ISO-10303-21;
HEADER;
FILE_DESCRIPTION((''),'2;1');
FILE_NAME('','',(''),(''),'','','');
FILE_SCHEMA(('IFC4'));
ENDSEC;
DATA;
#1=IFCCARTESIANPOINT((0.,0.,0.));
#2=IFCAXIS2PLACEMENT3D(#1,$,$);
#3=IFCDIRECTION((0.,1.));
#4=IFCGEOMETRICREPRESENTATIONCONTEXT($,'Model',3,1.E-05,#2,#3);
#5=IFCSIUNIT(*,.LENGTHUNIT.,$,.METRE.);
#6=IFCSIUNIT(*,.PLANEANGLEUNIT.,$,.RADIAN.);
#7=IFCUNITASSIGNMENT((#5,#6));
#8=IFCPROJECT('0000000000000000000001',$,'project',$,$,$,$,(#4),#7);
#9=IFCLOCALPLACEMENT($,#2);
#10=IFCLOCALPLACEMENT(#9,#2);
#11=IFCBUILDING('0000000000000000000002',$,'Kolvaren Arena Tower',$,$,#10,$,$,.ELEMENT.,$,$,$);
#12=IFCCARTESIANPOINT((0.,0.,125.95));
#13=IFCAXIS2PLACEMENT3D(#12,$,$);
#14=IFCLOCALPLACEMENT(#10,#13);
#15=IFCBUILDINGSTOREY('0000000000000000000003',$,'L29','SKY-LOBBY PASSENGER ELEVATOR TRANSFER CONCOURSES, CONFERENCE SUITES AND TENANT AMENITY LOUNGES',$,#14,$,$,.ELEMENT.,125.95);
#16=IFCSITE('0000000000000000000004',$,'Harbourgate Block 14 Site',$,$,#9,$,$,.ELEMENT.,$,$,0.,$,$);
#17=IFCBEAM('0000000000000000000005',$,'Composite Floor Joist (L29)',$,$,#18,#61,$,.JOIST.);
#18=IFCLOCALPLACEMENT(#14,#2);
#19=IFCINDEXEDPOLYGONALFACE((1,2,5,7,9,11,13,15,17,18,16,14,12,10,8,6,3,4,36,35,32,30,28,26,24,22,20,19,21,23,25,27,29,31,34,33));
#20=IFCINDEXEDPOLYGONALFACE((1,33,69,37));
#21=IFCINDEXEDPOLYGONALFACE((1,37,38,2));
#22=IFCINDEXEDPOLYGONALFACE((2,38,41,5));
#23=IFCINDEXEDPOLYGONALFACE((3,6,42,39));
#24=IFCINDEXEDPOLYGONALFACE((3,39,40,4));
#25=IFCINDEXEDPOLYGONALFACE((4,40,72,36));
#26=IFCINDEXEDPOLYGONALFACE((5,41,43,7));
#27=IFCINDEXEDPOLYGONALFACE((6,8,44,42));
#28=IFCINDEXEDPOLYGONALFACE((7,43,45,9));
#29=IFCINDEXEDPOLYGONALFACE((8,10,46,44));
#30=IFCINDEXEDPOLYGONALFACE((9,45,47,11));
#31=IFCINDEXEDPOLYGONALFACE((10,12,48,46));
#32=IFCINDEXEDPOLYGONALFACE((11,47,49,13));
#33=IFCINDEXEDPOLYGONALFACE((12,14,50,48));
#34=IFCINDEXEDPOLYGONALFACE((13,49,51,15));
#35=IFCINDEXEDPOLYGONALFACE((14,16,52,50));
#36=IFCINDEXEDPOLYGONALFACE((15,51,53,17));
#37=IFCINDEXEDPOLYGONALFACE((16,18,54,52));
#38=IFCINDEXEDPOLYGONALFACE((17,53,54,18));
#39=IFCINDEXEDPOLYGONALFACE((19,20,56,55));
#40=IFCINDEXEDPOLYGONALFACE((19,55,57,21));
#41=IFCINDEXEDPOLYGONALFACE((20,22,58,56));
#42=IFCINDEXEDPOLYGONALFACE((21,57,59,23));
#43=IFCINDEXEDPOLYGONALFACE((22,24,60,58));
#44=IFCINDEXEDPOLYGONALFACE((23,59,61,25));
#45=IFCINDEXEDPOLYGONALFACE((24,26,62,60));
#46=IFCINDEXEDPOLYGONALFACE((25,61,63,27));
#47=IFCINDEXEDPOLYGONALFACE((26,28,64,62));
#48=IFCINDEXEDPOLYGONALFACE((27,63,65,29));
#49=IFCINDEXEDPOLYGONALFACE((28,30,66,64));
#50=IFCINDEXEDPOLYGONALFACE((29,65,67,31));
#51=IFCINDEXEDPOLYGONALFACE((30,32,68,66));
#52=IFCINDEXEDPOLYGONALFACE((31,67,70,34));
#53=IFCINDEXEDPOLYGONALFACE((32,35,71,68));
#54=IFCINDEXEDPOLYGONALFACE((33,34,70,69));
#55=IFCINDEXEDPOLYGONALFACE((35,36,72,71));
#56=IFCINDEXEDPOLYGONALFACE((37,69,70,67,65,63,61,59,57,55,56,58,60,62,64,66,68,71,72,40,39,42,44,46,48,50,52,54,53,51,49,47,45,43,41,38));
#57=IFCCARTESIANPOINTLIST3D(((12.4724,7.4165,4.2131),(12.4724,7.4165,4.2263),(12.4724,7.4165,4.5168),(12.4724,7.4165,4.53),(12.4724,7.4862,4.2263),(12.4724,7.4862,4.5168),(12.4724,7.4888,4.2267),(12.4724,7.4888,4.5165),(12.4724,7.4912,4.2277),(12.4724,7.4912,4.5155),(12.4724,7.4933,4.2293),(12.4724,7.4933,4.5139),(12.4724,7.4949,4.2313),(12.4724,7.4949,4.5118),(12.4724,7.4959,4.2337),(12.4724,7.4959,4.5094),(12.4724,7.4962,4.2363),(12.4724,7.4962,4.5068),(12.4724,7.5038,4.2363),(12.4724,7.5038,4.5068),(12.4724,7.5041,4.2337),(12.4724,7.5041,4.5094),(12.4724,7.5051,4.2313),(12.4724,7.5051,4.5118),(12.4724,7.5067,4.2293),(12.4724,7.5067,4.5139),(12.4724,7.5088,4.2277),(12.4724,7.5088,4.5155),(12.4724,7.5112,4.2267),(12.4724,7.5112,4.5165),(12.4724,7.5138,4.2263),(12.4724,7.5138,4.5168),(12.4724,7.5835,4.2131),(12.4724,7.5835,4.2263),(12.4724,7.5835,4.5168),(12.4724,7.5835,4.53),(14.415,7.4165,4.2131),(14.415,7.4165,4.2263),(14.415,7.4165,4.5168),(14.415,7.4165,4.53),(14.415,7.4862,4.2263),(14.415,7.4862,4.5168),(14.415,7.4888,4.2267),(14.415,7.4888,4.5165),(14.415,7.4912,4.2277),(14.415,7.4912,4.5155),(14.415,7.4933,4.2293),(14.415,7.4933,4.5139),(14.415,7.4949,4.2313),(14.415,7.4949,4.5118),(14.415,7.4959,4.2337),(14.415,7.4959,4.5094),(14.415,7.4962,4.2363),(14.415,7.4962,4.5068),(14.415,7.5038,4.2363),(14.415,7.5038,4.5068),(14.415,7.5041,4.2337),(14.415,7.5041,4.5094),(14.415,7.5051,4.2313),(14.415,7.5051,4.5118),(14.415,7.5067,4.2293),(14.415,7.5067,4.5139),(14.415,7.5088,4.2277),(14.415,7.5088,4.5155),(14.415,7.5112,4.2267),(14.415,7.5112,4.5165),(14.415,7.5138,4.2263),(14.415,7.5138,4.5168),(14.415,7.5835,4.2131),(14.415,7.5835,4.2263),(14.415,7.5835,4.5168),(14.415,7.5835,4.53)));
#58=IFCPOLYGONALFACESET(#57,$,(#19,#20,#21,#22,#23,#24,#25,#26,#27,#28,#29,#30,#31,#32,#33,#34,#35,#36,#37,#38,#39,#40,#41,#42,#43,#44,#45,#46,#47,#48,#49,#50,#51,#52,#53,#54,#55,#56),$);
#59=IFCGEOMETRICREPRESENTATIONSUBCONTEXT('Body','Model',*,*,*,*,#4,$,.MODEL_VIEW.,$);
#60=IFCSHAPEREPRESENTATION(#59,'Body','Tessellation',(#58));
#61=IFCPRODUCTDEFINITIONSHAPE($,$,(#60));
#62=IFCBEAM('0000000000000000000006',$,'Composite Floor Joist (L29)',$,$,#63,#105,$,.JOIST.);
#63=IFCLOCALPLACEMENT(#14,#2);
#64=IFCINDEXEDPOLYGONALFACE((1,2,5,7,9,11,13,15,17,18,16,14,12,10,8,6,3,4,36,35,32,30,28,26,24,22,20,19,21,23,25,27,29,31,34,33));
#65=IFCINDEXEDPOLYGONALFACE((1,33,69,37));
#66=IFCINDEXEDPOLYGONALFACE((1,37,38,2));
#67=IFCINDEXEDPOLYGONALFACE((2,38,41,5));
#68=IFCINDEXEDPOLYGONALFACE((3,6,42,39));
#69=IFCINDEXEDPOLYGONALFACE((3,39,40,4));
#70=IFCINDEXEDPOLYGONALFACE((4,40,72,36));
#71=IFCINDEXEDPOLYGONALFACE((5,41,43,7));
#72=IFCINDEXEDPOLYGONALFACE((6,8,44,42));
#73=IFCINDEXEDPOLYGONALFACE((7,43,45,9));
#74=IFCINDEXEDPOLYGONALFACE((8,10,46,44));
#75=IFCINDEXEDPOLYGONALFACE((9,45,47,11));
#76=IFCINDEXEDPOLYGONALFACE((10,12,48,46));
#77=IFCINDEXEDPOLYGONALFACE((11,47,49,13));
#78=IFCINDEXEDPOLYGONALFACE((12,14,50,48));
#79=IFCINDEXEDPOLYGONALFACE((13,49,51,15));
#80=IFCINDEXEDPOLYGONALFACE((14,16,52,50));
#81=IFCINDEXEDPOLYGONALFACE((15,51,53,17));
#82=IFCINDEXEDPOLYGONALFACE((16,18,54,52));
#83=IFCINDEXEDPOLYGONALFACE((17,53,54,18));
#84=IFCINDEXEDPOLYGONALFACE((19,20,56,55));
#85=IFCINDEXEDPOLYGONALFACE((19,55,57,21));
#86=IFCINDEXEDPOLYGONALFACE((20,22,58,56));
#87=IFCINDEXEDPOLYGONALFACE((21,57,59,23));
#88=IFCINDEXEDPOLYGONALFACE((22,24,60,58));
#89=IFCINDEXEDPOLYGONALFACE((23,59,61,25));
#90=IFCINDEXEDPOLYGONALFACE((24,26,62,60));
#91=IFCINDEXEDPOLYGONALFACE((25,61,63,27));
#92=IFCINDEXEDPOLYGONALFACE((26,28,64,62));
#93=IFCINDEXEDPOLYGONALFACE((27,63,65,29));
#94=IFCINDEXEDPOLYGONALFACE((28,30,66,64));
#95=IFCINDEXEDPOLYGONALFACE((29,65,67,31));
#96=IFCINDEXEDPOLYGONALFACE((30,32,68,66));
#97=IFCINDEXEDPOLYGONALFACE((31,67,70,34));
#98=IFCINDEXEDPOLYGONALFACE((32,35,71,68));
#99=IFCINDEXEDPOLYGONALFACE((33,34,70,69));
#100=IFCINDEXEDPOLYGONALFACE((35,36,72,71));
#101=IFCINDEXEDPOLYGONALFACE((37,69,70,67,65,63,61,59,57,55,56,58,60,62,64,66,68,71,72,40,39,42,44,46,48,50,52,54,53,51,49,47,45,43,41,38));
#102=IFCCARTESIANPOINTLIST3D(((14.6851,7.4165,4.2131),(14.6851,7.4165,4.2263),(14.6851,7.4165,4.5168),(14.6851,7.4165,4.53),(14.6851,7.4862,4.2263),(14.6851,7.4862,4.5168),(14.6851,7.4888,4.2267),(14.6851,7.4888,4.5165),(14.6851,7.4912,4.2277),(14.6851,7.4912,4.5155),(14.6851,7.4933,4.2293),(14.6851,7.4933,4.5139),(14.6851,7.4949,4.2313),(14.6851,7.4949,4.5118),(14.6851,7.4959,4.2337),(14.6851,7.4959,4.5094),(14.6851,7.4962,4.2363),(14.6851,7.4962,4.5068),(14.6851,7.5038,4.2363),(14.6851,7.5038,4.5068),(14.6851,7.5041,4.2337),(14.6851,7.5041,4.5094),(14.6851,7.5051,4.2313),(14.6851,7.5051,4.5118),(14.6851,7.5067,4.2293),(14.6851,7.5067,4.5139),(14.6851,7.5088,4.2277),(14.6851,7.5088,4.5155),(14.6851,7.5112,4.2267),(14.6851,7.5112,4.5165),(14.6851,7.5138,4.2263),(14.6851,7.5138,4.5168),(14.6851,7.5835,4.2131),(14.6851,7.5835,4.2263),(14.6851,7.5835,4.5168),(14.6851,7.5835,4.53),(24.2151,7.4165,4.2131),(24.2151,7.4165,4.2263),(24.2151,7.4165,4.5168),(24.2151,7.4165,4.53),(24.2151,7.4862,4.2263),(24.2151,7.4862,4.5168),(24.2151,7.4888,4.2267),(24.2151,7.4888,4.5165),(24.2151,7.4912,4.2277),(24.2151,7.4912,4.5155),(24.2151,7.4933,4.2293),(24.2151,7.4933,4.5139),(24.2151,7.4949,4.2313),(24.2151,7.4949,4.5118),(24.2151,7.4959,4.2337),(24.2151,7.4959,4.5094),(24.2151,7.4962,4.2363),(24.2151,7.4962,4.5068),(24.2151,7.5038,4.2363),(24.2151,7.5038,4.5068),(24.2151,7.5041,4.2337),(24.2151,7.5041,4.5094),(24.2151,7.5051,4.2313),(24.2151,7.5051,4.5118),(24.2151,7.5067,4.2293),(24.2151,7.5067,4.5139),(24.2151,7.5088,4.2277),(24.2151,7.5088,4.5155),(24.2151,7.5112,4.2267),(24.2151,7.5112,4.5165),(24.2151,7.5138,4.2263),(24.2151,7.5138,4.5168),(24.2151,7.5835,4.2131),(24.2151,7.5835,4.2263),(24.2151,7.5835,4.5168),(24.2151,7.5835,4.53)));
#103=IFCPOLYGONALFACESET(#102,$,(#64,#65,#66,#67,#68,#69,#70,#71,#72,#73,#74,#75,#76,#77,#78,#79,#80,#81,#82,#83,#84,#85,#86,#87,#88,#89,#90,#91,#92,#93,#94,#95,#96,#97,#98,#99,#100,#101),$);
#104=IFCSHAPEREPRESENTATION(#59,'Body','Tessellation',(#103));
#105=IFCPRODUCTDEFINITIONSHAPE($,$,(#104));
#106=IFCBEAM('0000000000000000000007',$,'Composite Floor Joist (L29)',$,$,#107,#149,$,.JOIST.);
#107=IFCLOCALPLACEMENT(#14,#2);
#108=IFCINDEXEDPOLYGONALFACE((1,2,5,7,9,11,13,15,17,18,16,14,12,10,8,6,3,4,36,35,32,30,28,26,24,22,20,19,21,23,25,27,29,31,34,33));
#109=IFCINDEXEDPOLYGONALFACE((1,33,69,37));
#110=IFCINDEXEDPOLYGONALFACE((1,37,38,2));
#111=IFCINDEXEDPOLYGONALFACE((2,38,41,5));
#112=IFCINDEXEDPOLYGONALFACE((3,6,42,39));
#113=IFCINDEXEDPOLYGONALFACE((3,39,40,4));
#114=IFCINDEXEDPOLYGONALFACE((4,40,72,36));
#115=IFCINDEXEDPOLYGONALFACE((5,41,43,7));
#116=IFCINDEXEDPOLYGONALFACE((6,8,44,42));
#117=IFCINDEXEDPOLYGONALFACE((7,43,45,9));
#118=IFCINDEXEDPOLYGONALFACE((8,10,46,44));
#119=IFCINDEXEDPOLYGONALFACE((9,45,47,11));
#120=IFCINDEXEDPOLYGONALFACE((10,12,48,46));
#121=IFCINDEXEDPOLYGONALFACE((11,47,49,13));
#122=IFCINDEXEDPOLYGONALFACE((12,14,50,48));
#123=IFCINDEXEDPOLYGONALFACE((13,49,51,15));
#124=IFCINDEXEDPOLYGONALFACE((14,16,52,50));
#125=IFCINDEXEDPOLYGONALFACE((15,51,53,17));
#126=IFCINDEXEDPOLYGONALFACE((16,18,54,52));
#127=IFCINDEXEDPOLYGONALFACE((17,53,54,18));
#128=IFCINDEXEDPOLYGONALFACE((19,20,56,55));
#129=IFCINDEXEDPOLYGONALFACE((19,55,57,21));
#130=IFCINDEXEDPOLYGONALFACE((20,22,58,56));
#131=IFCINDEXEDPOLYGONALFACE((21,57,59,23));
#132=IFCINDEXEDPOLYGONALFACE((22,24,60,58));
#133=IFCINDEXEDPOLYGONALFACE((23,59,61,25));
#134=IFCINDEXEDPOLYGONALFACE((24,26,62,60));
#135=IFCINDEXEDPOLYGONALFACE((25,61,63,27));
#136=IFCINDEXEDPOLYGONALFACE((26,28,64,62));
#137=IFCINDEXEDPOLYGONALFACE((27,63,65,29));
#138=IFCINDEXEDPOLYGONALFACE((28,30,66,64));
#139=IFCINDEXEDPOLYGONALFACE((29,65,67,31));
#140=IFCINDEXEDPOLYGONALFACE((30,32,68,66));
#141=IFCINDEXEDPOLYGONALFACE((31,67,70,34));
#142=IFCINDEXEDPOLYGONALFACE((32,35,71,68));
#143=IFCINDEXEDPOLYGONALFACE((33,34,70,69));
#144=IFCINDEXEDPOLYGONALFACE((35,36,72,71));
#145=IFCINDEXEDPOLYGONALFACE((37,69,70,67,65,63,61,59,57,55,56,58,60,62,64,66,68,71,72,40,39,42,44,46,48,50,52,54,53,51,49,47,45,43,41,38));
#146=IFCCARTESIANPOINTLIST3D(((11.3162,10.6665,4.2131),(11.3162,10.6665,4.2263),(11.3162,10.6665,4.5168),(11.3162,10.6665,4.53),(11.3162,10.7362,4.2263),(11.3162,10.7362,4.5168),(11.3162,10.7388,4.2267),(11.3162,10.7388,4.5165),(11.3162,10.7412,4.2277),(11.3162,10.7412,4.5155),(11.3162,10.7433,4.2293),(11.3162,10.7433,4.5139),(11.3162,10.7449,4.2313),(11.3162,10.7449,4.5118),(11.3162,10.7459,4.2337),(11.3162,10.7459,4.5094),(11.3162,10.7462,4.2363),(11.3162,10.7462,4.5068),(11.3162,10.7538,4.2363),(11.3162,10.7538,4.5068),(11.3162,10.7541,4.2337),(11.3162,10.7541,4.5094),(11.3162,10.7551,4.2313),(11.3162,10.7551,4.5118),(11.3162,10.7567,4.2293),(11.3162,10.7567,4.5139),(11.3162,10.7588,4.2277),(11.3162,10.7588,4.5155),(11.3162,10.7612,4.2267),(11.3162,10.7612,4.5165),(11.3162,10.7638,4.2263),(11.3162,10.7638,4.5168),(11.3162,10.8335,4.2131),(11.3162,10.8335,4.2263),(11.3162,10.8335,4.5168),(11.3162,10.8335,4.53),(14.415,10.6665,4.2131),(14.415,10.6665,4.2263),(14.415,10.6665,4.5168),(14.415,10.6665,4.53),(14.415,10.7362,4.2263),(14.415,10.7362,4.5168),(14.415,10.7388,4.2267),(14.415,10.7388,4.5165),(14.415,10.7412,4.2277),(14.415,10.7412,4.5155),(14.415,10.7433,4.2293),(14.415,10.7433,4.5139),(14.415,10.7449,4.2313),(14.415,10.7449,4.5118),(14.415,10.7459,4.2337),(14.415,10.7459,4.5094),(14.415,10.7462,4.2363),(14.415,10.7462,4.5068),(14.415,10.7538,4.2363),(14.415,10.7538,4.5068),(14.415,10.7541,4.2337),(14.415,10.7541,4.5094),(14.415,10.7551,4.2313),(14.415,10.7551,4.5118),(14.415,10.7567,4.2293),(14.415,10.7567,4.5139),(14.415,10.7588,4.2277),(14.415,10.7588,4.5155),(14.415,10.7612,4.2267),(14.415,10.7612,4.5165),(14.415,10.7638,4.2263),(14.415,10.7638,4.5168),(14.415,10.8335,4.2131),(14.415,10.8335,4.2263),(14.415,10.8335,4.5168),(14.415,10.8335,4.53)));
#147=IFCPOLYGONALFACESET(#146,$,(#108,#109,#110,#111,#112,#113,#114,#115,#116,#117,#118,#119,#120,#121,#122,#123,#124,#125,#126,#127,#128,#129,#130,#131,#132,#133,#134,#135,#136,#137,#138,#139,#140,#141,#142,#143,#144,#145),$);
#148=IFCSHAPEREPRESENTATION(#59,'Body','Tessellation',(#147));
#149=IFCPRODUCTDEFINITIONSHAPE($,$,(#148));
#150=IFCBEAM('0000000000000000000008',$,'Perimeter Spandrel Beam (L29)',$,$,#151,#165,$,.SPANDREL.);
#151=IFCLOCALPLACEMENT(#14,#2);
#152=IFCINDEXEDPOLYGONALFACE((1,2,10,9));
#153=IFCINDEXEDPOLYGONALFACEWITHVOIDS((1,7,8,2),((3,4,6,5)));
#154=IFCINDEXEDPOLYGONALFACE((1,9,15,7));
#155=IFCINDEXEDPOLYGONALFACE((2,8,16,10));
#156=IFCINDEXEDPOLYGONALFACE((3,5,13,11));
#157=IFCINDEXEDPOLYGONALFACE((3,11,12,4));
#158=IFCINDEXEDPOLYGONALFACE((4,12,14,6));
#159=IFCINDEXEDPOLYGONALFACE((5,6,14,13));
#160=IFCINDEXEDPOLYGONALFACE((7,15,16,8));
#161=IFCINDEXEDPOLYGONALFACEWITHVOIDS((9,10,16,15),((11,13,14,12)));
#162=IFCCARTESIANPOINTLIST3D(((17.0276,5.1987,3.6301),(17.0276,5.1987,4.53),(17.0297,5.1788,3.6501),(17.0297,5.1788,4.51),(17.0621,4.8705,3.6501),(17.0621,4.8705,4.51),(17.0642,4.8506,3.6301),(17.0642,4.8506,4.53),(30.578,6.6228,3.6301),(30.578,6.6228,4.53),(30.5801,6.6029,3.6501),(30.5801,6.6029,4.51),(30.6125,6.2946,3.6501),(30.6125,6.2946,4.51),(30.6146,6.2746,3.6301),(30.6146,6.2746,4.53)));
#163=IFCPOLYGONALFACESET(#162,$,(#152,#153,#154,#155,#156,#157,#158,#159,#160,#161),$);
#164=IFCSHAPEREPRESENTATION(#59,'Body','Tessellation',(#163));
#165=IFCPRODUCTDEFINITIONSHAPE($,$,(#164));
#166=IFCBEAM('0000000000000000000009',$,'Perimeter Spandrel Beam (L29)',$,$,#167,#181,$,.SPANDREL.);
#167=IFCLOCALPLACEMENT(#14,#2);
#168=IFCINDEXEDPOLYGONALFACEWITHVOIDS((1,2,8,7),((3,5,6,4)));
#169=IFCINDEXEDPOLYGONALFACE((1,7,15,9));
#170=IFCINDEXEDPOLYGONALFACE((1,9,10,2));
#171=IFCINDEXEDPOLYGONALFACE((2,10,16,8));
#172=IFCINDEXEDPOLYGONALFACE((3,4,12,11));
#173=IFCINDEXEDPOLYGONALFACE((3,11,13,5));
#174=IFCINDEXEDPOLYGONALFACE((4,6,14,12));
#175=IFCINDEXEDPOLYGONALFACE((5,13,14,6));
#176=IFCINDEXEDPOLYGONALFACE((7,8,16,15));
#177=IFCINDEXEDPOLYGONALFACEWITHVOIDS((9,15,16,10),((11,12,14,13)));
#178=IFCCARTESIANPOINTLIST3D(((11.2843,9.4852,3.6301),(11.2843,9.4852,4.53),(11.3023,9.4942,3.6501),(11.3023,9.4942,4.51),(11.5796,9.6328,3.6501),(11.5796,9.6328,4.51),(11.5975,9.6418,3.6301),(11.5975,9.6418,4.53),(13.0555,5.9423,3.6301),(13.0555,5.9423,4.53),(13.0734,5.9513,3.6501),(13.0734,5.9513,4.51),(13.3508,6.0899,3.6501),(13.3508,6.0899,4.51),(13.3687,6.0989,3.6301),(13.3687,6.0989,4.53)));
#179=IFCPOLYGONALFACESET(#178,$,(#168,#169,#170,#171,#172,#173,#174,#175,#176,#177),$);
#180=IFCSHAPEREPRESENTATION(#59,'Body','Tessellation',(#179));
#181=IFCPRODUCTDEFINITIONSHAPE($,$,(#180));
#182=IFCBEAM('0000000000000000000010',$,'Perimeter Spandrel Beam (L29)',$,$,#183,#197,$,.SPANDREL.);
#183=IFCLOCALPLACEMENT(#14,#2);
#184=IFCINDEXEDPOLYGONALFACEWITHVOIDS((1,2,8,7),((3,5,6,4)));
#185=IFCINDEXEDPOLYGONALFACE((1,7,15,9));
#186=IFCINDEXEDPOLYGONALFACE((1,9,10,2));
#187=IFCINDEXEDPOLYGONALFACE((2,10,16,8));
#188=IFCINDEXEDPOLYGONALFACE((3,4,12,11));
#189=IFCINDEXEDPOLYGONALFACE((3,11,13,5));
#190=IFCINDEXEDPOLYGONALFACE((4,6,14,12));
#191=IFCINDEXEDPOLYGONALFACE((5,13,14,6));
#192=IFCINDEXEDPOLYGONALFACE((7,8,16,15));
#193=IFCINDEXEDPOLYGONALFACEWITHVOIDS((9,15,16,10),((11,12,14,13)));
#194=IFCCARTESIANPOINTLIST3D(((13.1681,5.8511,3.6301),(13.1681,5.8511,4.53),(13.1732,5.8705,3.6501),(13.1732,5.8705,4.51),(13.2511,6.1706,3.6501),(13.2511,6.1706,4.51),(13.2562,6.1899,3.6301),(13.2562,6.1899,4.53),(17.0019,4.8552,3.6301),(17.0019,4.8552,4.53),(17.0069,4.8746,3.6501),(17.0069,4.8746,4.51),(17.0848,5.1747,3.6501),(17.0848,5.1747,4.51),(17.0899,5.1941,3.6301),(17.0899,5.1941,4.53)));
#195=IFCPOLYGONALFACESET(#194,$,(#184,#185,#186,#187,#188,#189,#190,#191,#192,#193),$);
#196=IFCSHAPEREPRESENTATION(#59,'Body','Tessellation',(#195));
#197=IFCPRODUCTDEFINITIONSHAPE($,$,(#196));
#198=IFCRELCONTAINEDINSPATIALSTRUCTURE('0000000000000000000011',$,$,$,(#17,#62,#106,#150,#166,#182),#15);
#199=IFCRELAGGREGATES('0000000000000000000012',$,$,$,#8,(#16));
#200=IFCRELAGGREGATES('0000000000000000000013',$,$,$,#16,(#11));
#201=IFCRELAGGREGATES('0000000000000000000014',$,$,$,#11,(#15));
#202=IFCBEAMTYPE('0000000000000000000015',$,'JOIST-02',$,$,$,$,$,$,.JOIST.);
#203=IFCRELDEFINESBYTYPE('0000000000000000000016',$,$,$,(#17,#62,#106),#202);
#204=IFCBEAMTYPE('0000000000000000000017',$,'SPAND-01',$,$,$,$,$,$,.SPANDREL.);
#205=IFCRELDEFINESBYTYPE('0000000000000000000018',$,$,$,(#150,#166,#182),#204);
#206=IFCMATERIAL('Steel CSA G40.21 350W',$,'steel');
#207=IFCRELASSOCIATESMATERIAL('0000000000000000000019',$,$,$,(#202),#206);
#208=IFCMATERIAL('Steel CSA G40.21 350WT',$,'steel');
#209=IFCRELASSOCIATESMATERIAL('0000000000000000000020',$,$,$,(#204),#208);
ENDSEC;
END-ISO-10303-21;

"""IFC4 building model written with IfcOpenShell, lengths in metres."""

from ifc_helpers import new_model, si_unit, direction, frame, origin, origin_2d, place, context, subcontext, project, spatial, hollow_rectangle, i_section, extrude, material, material_profile, profile_set, type_object, element, save


model = new_model("IFC4")

# Units and contexts
model_context = context("Model", 3, precision=1e-05, world=origin(), true_north=direction((0.0, 1.0)))
body_context = subcontext(model_context, "Body", "Model", "MODEL_VIEW")
ifc_project = project(units=[si_unit("LENGTHUNIT", "METRE"), si_unit("PLANEANGLEUNIT", "RADIAN")], contexts=[model_context])

# Site, building, storey
site_placement = place(None, origin())
site = spatial("IfcSite", under=ifc_project, at=site_placement, Name="Harbourgate Block 14 Site", CompositionType="ELEMENT", RefElevation=0.0)
building_placement = place(site_placement, origin())
building = spatial("IfcBuilding", under=site, at=building_placement, Name="Kolvaren Arena Tower", CompositionType="ELEMENT")
storey_placement = place(building_placement, frame((0.0, 0.0, 125.95)))
storey = spatial("IfcBuildingStorey", under=building, at=storey_placement, Name="L29", Description="SKY-LOBBY PASSENGER ELEVATOR TRANSFER CONCOURSES, CONFERENCE SUITES AND TENANT AMENITY LOUNGES", CompositionType="ELEMENT", Elevation=125.95)

# Beams
ifc_material_1 = material(Name="Steel CSA G40.21 350W", Category="steel")
ifc_material_profile_1 = material_profile(ifc_material_1, i_section(OverallWidth=0.167, OverallDepth=0.3169, WebThickness=0.0076, FlangeThickness=0.0132, FilletRadius=0.01, at=origin_2d()), Name="W310x52")
ifc_profile_set_1 = profile_set([ifc_material_profile_1], Name="Steel CSA G40.21 350W")
beam_type_1 = type_object("IfcBeamType", Name="JOIST-02", PredefinedType="JOIST", material=ifc_profile_set_1)
beam_1_placement = place(storey_placement, frame((12.4724, 7.5, 4.3716), z_axis=(1.0, 0.0, 0.0), x_axis=(0.0, 1.0, 0.0)))
element("IfcBeam", 1, at=beam_1_placement, inside=storey, type_object=beam_type_1, Name="Composite Floor Joist (L29)", PredefinedType="JOIST", context=body_context, shape_type="SweptSolid", body=[
    extrude(i_section(OverallWidth=0.167, OverallDepth=0.3169, WebThickness=0.0076, FlangeThickness=0.0132, FilletRadius=0.01, at=origin_2d()), origin(), (0.0, 0.0, 1.0), 1.9426),
])
beam_2_placement = place(storey_placement, frame((14.6851, 7.5, 4.3716), z_axis=(1.0, 0.0, 0.0), x_axis=(0.0, 1.0, 0.0)))
element("IfcBeam", 2, at=beam_2_placement, inside=storey, type_object=beam_type_1, Name="Composite Floor Joist (L29)", PredefinedType="JOIST", context=body_context, shape_type="SweptSolid", body=[
    extrude(i_section(OverallWidth=0.167, OverallDepth=0.3169, WebThickness=0.0076, FlangeThickness=0.0132, FilletRadius=0.01, at=origin_2d()), origin(), (0.0, 0.0, 1.0), 9.53),
])
beam_3_placement = place(storey_placement, frame((11.3162, 10.75, 4.3716), z_axis=(1.0, 0.0, 0.0), x_axis=(0.0, 1.0, 0.0)))
element("IfcBeam", 3, at=beam_3_placement, inside=storey, type_object=beam_type_1, Name="Composite Floor Joist (L29)", PredefinedType="JOIST", context=body_context, shape_type="SweptSolid", body=[
    extrude(i_section(OverallWidth=0.167, OverallDepth=0.3169, WebThickness=0.0076, FlangeThickness=0.0132, FilletRadius=0.01, at=origin_2d()), origin(), (0.0, 0.0, 1.0), 3.0989),
])
ifc_material_2 = material(Name="Steel CSA G40.21 350WT", Category="steel")
ifc_material_profile_2 = material_profile(ifc_material_2, hollow_rectangle(XDim=0.3501, YDim=0.8999, WallThickness=0.02, at=origin_2d()), Name="HSS 900x350x20")
ifc_profile_set_2 = profile_set([ifc_material_profile_2], Name="Steel CSA G40.21 350WT")
beam_type_2 = type_object("IfcBeamType", Name="SPAND-01", PredefinedType="SPANDREL", material=ifc_profile_set_2)
beam_4_placement = place(storey_placement, frame((17.0459, 5.0247, 4.0801), z_axis=(0.994523, 0.10452, 0.0), x_axis=(-0.10452, 0.994523, 0.0)))
element("IfcBeam", 4, at=beam_4_placement, inside=storey, type_object=beam_type_2, Name="Perimeter Spandrel Beam (L29)", PredefinedType="SPANDREL", context=body_context, shape_type="SweptSolid", body=[
    extrude(hollow_rectangle(XDim=0.3501, YDim=0.8999, WallThickness=0.02, at=origin_2d()), origin(), (0.0, 0.0, 1.0), 13.625),
])
for number, where, z_axis, x_axis, name in (
    (5, (11.4409, 9.5635, 4.0801), (0.447164, -0.894452, 0.0), (0.894452, 0.447164, 0.0), "Perimeter Spandrel Beam (L29)"),
    (6, (13.2122, 6.0205, 4.0801), (0.967879, -0.251416, 0.0), (0.251416, 0.967879, 0.0), "Perimeter Spandrel Beam (L29)"),
):
    element("IfcBeam", number, at=place(storey_placement, frame(where, z_axis=z_axis, x_axis=x_axis)), inside=storey, type_object=beam_type_2, Name=name, PredefinedType="SPANDREL", context=body_context, shape_type="SweptSolid", body=[
        extrude(hollow_rectangle(XDim=0.3501, YDim=0.8999, WallThickness=0.02, at=origin_2d()), origin(), (0.0, 0.0, 1.0), 3.9609),
    ])

save(model, "model.ifc")
